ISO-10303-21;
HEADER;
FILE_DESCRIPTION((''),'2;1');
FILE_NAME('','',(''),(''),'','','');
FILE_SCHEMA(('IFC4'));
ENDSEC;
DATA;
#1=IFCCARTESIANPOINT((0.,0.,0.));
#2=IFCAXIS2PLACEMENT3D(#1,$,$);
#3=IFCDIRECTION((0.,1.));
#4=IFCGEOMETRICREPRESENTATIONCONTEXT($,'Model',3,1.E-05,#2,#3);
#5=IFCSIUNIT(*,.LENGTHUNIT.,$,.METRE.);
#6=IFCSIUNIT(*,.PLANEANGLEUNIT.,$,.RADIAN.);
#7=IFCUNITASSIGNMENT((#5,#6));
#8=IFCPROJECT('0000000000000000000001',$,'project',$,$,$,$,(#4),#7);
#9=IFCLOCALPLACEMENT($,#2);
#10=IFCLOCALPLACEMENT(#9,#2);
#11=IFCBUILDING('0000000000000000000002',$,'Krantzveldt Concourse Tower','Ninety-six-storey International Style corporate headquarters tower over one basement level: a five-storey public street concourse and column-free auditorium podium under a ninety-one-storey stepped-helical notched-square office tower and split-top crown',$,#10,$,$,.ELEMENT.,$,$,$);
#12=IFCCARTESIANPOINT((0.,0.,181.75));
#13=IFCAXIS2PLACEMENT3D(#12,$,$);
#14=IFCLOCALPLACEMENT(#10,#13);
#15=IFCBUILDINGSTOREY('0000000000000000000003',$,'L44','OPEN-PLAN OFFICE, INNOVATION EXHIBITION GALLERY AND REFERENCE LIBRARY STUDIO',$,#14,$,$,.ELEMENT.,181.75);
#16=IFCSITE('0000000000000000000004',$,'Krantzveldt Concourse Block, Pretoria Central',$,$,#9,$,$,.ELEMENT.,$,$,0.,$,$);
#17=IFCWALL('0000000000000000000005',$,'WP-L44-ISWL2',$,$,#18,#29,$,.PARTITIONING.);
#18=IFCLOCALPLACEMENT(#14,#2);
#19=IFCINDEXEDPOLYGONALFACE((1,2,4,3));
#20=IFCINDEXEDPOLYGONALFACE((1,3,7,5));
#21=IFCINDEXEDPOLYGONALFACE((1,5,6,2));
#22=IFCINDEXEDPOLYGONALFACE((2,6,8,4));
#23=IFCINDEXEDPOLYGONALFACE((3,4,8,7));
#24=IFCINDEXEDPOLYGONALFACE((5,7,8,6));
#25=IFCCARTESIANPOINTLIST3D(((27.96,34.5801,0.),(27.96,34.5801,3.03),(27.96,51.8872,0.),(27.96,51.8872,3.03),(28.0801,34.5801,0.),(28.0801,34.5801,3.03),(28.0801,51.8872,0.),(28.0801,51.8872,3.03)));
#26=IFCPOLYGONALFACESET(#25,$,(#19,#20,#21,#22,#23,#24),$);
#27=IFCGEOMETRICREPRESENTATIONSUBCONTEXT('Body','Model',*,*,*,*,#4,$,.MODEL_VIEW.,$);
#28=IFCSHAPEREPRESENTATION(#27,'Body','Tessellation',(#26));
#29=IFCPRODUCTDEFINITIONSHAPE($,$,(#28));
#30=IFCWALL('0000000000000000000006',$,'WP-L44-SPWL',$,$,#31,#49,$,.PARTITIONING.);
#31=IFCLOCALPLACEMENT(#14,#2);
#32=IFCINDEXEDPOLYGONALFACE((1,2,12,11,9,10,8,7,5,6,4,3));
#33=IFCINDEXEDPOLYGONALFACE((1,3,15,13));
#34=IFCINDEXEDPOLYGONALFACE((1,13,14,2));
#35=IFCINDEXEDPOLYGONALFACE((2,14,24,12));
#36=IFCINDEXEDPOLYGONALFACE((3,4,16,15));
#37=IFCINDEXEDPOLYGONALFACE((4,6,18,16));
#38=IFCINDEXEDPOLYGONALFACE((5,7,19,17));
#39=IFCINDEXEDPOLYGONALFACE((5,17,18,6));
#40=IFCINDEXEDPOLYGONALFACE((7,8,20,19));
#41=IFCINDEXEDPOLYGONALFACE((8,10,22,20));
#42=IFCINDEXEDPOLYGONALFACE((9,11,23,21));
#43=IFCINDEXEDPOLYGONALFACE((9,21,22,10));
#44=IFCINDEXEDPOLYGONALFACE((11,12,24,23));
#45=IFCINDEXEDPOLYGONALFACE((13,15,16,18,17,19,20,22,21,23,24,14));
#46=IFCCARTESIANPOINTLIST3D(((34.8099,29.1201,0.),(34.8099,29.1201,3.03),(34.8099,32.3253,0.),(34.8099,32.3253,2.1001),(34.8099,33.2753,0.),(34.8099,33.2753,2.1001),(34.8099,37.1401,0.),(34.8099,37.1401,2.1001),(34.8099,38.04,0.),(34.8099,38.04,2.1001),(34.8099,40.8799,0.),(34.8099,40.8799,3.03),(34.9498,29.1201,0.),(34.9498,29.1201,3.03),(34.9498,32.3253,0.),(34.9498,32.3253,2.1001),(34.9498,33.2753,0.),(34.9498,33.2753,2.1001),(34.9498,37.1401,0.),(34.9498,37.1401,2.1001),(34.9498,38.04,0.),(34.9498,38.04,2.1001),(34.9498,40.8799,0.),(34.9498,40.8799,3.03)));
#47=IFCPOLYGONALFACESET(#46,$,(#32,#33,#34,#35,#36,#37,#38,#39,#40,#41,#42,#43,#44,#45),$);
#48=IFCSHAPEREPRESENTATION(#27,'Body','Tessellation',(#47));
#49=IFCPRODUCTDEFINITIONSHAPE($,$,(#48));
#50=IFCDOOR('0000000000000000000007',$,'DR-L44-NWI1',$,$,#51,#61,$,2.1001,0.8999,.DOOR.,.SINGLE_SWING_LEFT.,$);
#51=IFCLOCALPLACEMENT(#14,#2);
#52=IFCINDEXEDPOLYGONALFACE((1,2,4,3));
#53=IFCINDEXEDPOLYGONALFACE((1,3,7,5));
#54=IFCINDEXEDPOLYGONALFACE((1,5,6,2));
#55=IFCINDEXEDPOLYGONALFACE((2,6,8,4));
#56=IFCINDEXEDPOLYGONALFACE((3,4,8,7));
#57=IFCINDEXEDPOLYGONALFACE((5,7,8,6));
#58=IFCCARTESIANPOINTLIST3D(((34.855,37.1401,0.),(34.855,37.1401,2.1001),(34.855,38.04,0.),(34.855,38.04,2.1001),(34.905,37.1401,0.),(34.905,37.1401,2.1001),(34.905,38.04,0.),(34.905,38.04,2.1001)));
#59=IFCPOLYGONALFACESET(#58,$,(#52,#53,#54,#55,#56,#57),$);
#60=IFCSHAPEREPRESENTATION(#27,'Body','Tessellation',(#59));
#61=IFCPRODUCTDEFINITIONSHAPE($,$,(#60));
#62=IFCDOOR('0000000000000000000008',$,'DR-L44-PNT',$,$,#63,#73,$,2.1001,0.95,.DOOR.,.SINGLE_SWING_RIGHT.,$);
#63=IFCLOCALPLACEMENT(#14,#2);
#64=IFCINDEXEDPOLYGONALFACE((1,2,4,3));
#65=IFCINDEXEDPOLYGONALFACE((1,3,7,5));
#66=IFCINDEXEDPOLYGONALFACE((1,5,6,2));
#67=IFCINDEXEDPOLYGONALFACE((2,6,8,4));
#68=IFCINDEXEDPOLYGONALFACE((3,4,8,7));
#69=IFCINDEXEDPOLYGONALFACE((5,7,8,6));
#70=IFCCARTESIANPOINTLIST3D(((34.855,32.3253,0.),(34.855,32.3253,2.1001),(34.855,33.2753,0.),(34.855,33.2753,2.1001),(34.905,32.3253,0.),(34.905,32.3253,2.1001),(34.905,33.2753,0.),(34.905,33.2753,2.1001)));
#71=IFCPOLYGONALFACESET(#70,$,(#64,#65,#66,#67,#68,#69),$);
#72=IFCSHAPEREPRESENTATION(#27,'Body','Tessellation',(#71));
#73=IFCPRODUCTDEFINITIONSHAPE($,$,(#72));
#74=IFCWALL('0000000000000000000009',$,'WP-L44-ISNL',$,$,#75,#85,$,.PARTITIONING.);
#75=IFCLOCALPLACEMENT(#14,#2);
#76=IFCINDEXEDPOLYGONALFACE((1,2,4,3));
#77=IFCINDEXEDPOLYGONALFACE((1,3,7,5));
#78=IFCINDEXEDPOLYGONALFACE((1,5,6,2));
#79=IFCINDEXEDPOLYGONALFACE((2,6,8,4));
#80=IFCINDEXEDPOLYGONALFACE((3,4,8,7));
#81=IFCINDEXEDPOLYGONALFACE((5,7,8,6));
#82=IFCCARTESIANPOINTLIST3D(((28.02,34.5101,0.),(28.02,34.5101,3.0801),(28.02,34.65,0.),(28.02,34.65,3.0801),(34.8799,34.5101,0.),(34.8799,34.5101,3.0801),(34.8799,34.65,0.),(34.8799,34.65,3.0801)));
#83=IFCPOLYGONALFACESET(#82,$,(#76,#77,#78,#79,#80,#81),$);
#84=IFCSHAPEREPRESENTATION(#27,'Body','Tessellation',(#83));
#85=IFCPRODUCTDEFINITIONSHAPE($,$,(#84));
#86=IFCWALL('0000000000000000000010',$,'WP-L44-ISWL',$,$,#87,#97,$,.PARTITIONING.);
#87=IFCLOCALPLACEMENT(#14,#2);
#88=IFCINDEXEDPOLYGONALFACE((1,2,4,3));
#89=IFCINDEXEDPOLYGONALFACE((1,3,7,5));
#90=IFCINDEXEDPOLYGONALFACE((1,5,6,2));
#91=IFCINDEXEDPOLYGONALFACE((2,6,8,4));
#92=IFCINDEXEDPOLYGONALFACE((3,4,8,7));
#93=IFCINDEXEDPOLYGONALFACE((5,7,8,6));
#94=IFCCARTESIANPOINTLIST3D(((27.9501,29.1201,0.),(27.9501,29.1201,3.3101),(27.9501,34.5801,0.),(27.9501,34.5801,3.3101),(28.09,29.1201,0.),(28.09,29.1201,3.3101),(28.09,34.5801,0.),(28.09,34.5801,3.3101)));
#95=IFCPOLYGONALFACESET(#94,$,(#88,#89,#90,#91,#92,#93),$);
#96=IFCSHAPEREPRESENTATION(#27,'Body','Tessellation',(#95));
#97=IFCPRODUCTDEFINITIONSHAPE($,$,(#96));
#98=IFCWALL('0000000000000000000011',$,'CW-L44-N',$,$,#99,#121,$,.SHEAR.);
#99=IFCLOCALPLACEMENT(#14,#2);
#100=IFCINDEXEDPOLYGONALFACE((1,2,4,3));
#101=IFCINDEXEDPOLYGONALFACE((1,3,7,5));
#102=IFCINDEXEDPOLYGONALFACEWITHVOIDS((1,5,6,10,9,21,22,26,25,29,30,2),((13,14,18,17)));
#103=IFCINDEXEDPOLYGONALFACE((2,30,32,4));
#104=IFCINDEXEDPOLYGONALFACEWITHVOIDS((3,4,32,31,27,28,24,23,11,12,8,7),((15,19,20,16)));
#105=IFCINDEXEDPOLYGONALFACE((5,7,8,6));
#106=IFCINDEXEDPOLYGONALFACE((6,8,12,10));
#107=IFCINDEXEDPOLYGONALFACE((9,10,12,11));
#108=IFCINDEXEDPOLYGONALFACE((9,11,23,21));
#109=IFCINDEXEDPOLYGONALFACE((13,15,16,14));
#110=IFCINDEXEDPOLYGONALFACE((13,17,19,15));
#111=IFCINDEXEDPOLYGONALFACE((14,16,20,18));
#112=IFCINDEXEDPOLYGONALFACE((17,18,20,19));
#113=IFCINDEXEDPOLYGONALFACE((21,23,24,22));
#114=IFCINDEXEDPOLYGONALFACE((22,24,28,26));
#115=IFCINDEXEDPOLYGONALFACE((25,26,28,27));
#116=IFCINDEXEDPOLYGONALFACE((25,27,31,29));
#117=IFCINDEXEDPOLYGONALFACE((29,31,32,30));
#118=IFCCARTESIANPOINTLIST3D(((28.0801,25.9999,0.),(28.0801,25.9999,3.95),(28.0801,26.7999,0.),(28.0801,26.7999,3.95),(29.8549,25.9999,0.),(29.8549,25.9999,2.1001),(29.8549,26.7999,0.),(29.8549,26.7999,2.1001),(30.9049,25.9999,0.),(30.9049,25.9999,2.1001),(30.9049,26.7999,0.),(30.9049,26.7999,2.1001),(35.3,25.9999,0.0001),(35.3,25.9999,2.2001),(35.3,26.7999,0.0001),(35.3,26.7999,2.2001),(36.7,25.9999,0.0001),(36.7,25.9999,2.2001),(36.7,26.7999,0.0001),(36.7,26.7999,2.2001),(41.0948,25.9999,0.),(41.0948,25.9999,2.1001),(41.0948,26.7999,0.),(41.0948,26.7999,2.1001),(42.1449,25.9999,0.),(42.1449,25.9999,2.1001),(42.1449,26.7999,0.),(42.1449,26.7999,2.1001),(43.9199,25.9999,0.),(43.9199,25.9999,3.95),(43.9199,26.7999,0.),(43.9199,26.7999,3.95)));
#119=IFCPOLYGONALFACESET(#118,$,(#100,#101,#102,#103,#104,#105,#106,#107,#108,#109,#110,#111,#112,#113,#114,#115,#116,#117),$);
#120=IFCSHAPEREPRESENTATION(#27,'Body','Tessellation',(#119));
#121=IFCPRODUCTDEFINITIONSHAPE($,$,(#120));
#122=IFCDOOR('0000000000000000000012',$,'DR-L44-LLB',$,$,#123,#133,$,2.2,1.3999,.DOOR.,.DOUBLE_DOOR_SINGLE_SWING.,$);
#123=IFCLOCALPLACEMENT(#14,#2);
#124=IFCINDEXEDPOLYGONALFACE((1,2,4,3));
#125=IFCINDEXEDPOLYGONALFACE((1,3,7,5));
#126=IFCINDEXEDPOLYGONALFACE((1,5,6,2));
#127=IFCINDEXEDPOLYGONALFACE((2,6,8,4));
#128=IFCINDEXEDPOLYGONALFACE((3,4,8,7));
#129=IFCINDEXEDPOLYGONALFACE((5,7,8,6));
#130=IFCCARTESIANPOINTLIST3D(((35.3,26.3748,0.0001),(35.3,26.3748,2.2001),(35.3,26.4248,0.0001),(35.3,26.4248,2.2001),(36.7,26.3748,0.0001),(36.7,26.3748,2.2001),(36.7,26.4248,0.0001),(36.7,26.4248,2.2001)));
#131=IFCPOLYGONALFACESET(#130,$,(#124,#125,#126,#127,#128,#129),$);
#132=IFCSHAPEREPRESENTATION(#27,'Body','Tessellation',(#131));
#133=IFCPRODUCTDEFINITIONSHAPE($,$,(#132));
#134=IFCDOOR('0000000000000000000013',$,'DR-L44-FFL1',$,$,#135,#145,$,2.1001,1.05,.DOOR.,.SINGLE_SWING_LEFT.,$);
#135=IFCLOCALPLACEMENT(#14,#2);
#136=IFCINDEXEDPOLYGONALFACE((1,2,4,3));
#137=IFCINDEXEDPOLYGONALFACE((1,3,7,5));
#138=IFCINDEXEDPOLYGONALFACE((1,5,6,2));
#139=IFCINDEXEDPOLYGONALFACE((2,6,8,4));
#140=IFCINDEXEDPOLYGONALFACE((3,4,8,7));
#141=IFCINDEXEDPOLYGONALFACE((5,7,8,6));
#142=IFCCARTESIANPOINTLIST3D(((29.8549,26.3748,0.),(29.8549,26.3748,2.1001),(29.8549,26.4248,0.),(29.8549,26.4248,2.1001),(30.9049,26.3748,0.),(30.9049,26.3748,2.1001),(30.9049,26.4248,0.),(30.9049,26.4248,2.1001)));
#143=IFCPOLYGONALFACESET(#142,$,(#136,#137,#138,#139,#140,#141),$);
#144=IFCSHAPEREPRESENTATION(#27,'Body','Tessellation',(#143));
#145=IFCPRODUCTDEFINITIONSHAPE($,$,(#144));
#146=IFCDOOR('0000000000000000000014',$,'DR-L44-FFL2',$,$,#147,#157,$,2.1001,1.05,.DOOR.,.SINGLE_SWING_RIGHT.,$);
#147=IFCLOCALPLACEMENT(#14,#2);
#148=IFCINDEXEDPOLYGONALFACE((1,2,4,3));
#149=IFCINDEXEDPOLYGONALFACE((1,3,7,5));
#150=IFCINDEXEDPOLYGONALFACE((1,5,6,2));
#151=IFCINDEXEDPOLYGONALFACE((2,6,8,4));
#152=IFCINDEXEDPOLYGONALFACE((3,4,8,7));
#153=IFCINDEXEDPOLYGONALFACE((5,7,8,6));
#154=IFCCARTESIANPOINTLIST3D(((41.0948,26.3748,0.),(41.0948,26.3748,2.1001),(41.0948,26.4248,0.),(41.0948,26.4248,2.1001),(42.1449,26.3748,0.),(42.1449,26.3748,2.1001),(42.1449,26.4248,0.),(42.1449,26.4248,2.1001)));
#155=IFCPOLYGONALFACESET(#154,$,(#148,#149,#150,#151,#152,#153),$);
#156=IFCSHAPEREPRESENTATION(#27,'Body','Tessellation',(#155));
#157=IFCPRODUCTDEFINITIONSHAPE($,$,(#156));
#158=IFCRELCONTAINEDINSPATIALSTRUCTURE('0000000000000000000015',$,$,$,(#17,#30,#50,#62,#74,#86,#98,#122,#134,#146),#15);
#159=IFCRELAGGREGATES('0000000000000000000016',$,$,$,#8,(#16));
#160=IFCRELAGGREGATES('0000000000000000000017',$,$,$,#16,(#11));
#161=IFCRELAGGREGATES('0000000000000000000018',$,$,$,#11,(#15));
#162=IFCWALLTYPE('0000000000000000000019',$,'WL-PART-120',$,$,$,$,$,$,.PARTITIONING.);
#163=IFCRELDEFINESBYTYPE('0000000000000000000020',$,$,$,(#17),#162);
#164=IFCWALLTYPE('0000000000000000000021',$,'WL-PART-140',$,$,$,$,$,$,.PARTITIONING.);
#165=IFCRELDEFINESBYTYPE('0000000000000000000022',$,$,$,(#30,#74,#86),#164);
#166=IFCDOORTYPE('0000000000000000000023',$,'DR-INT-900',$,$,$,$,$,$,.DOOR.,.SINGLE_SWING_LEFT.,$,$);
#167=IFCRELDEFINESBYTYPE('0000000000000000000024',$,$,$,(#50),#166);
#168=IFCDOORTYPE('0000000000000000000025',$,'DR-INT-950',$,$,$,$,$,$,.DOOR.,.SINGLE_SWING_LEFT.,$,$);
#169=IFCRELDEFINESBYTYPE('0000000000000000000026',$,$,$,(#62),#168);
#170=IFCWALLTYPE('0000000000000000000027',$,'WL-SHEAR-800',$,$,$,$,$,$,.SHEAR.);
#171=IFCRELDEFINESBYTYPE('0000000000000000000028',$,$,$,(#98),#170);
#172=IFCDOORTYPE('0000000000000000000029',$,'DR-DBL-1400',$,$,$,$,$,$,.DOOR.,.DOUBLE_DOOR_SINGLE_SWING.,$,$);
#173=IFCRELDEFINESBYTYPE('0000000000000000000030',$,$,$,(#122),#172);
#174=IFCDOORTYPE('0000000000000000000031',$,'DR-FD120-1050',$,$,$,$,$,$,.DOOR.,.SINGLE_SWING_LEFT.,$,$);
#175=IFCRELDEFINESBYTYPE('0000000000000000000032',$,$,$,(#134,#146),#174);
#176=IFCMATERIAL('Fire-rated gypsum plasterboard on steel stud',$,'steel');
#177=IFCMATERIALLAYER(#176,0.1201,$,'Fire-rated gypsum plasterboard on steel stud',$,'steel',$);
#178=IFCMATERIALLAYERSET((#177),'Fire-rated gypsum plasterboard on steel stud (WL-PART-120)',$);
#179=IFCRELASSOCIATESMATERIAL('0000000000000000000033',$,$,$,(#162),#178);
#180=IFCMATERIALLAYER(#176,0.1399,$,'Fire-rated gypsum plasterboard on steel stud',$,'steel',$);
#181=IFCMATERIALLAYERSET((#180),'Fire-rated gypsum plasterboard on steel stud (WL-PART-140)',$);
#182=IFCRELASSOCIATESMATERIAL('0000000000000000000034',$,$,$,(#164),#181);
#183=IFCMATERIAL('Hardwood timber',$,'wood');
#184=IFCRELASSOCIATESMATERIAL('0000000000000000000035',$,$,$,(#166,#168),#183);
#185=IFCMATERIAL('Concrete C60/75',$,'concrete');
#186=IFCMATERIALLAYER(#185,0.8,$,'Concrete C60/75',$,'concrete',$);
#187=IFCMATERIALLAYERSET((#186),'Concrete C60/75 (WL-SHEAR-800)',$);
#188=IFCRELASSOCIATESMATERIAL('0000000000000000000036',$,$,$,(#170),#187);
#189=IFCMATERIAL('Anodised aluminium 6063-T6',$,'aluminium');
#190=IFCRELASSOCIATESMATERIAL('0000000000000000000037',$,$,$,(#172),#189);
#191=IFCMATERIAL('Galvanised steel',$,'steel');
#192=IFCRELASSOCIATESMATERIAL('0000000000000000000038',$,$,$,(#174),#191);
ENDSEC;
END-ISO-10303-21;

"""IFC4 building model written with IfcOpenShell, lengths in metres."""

from ifc_helpers import new_model, si_unit, direction, frame, frame_2d, origin, place, context, subcontext, project, spatial, rectangle, extrude, material, layer, layer_set, type_object, element, fill, save


model = new_model("IFC4")

# Units and contexts
model_context = context("Model", 3, precision=1e-05, world=origin(), true_north=direction((0.0, 1.0)))
body_context = subcontext(model_context, "Body", "Model", "MODEL_VIEW")
ifc_project = project(units=[si_unit("LENGTHUNIT", "METRE"), si_unit("PLANEANGLEUNIT", "RADIAN")], contexts=[model_context])

# Site, building, storey
site_placement = place(None, origin())
site = spatial("IfcSite", under=ifc_project, at=site_placement, Name="Krantzveldt Concourse Block, Pretoria Central", CompositionType="ELEMENT", RefElevation=0.0)
building_placement = place(site_placement, origin())
building = spatial("IfcBuilding", under=site, at=building_placement, Name="Krantzveldt Concourse Tower", Description="Ninety-six-storey International Style corporate headquarters tower over one basement level: a five-storey public street concourse and column-free auditorium podium under a ninety-one-storey stepped-helical notched-square office tower and split-top crown", CompositionType="ELEMENT")
storey_placement = place(building_placement, frame((0.0, 0.0, 181.75)))
storey = spatial("IfcBuildingStorey", under=building, at=storey_placement, Name="L44", Description="OPEN-PLAN OFFICE, INNOVATION EXHIBITION GALLERY AND REFERENCE LIBRARY STUDIO", CompositionType="ELEMENT", Elevation=181.75)

# Wall
ifc_material_1 = material(Name="Fire-rated gypsum plasterboard on steel stud", Category="steel")
ifc_layer_1 = layer(ifc_material_1, 0.1201, Name="Fire-rated gypsum plasterboard on steel stud", Category="steel")
ifc_layer_set_1 = layer_set([ifc_layer_1], Name="Fire-rated gypsum plasterboard on steel stud (WL-PART-120)")
wall_type_1 = type_object("IfcWallType", Name="WL-PART-120", PredefinedType="PARTITIONING", material=ifc_layer_set_1)
wall_1_placement = place(storey_placement, frame((28.02, 34.5801, 0.0), z_axis=(0.0, 0.0, 1.0), x_axis=(0.0, 1.0, 0.0)))
element("IfcWall", 1, at=wall_1_placement, inside=storey, type_object=wall_type_1, Name="WP-L44-ISWL2", PredefinedType="PARTITIONING", context=body_context, shape_type="SweptSolid", body=[
    extrude(rectangle(XDim=17.3071, YDim=0.1201, at=frame_2d((8.6536, 0.0))), origin(), (0.0, 0.0, 1.0), 3.03),
])

# Wall, openings, doors
ifc_layer_2 = layer(ifc_material_1, 0.1399, Name="Fire-rated gypsum plasterboard on steel stud", Category="steel")
ifc_layer_set_2 = layer_set([ifc_layer_2], Name="Fire-rated gypsum plasterboard on steel stud (WL-PART-140)")
wall_type_2 = type_object("IfcWallType", Name="WL-PART-140", PredefinedType="PARTITIONING", material=ifc_layer_set_2)
wall_2_placement = place(storey_placement, frame((34.8799, 29.1201, 0.0), z_axis=(0.0, 0.0, 1.0), x_axis=(0.0, 1.0, 0.0)))
wall_2 = element("IfcWall", 2, at=wall_2_placement, inside=storey, type_object=wall_type_2, Name="WP-L44-SPWL", PredefinedType="PARTITIONING", context=body_context, shape_type="SweptSolid", body=[
    extrude(rectangle(XDim=11.7598, YDim=0.1399, at=frame_2d((5.8799, 0.0))), origin(), (0.0, 0.0, 1.0), 3.03),
])
opening_1_placement = place(wall_2_placement, frame((3.2051, 0.0, 0.0)))
opening_1 = element("IfcOpeningElement", 3, at=opening_1_placement, cuts=wall_2, PredefinedType="OPENING", context=body_context, shape_type="SweptSolid", body=[
    extrude(rectangle(XDim=0.95, YDim=2.1001, at=frame_2d((0.4751, 1.05))), frame((0.0, 0.0801, 0.0), z_axis=(0.0, -1.0, 0.0), x_axis=(1.0, 0.0, 0.0)), (0.0, 0.0, 1.0), 0.1599),
])
opening_2_placement = place(wall_2_placement, frame((8.02, 0.0, 0.0)))
opening_2 = element("IfcOpeningElement", 4, at=opening_2_placement, cuts=wall_2, PredefinedType="OPENING", context=body_context, shape_type="SweptSolid", body=[
    extrude(rectangle(XDim=0.8999, YDim=2.1001, at=frame_2d((0.45, 1.05))), frame((0.0, 0.0801, 0.0), z_axis=(0.0, -1.0, 0.0), x_axis=(1.0, 0.0, 0.0)), (0.0, 0.0, 1.0), 0.1599),
])
ifc_material_2 = material(Name="Hardwood timber", Category="wood")
door_type_1 = type_object("IfcDoorType", Name="DR-INT-900", OperationType="SINGLE_SWING_LEFT", PredefinedType="DOOR", material=ifc_material_2)
door_1_placement = place(opening_2_placement, origin())
door_1 = element("IfcDoor", 5, at=door_1_placement, inside=storey, type_object=door_type_1, Name="DR-L44-NWI1", OperationType="SINGLE_SWING_LEFT", OverallHeight=2.1001, OverallWidth=0.8999, PredefinedType="DOOR", context=body_context, shape_type="SweptSolid", body=[
    extrude(rectangle(XDim=0.8999, YDim=2.1001, at=frame_2d((0.45, 1.05))), frame((0.0, 0.0249, 0.0), z_axis=(0.0, -1.0, 0.0), x_axis=(1.0, 0.0, 0.0)), (0.0, 0.0, 1.0), 0.05),
])
fill(opening_2, door_1)
door_type_2 = type_object("IfcDoorType", Name="DR-INT-950", OperationType="SINGLE_SWING_LEFT", PredefinedType="DOOR", material=ifc_material_2)
door_2_placement = place(opening_1_placement, origin())
door_2 = element("IfcDoor", 6, at=door_2_placement, inside=storey, type_object=door_type_2, Name="DR-L44-PNT", OperationType="SINGLE_SWING_RIGHT", OverallHeight=2.1001, OverallWidth=0.95, PredefinedType="DOOR", context=body_context, shape_type="SweptSolid", body=[
    extrude(rectangle(XDim=0.95, YDim=2.1001, at=frame_2d((0.4751, 1.05))), frame((0.0, 0.0249, 0.0), z_axis=(0.0, -1.0, 0.0), x_axis=(1.0, 0.0, 0.0)), (0.0, 0.0, 1.0), 0.05),
])
fill(opening_1, door_2)

# Walls
wall_3_placement = place(storey_placement, frame((28.02, 34.5801, 0.0), z_axis=(0.0, 0.0, 1.0), x_axis=(1.0, 0.0, 0.0)))
element("IfcWall", 7, at=wall_3_placement, inside=storey, type_object=wall_type_2, Name="WP-L44-ISNL", PredefinedType="PARTITIONING", context=body_context, shape_type="SweptSolid", body=[
    extrude(rectangle(XDim=6.8599, YDim=0.1399, at=frame_2d((3.4299, 0.0))), origin(), (0.0, 0.0, 1.0), 3.0801),
])
wall_4_placement = place(storey_placement, frame((28.02, 29.1201, 0.0), z_axis=(0.0, 0.0, 1.0), x_axis=(0.0, 1.0, 0.0)))
element("IfcWall", 8, at=wall_4_placement, inside=storey, type_object=wall_type_2, Name="WP-L44-ISWL", PredefinedType="PARTITIONING", context=body_context, shape_type="SweptSolid", body=[
    extrude(rectangle(XDim=5.46, YDim=0.1399, at=frame_2d((2.73, 0.0))), origin(), (0.0, 0.0, 1.0), 3.3101),
])

# Wall, openings, doors
ifc_material_3 = material(Name="Concrete C60/75", Category="concrete")
ifc_layer_3 = layer(ifc_material_3, 0.8, Name="Concrete C60/75", Category="concrete")
ifc_layer_set_3 = layer_set([ifc_layer_3], Name="Concrete C60/75 (WL-SHEAR-800)")
wall_type_3 = type_object("IfcWallType", Name="WL-SHEAR-800", PredefinedType="SHEAR", material=ifc_layer_set_3)
wall_5_placement = place(storey_placement, frame((28.0801, 26.3999, 0.0), z_axis=(0.0, 0.0, 1.0), x_axis=(1.0, 0.0, 0.0)))
wall_5 = element("IfcWall", 9, at=wall_5_placement, inside=storey, type_object=wall_type_3, Name="CW-L44-N", PredefinedType="SHEAR", context=body_context, shape_type="SweptSolid", body=[
    extrude(rectangle(XDim=15.8398, YDim=0.8, at=frame_2d((7.9199, 0.0))), origin(), (0.0, 0.0, 1.0), 3.95),
])
opening_3_placement = place(wall_5_placement, frame((7.22, 0.0, 0.0)))
opening_3 = element("IfcOpeningElement", 10, at=opening_3_placement, cuts=wall_5, PredefinedType="OPENING", context=body_context, shape_type="SweptSolid", body=[
    extrude(rectangle(XDim=1.3999, YDim=2.2, at=frame_2d((0.7, 1.1001))), frame((0.0, 0.4102, 0.0), z_axis=(0.0, -1.0, 0.0), x_axis=(1.0, 0.0, 0.0)), (0.0, 0.0, 1.0), 0.8201),
])
opening_4_placement = place(wall_5_placement, frame((1.7749, 0.0, 0.0)))
opening_4 = element("IfcOpeningElement", 11, at=opening_4_placement, cuts=wall_5, PredefinedType="OPENING", context=body_context, shape_type="SweptSolid", body=[
    extrude(rectangle(XDim=1.05, YDim=2.1001, at=frame_2d((0.5249, 1.05))), frame((0.0, 0.4102, 0.0), z_axis=(0.0, -1.0, 0.0), x_axis=(1.0, 0.0, 0.0)), (0.0, 0.0, 1.0), 0.8201),
])
opening_5_placement = place(wall_5_placement, frame((13.0149, 0.0, 0.0)))
opening_5 = element("IfcOpeningElement", 12, at=opening_5_placement, cuts=wall_5, PredefinedType="OPENING", context=body_context, shape_type="SweptSolid", body=[
    extrude(rectangle(XDim=1.05, YDim=2.1001, at=frame_2d((0.5249, 1.05))), frame((0.0, 0.4102, 0.0), z_axis=(0.0, -1.0, 0.0), x_axis=(1.0, 0.0, 0.0)), (0.0, 0.0, 1.0), 0.8201),
])
ifc_material_4 = material(Name="Anodised aluminium 6063-T6", Category="aluminium")
door_type_3 = type_object("IfcDoorType", Name="DR-DBL-1400", OperationType="DOUBLE_DOOR_SINGLE_SWING", PredefinedType="DOOR", material=ifc_material_4)
door_3_placement = place(opening_3_placement, origin())
door_3 = element("IfcDoor", 13, at=door_3_placement, inside=storey, type_object=door_type_3, Name="DR-L44-LLB", OperationType="DOUBLE_DOOR_SINGLE_SWING", OverallHeight=2.2, OverallWidth=1.3999, PredefinedType="DOOR", context=body_context, shape_type="SweptSolid", body=[
    extrude(rectangle(XDim=1.3999, YDim=2.2, at=frame_2d((0.7, 1.1001))), frame((0.0, 0.0249, 0.0), z_axis=(0.0, -1.0, 0.0), x_axis=(1.0, 0.0, 0.0)), (0.0, 0.0, 1.0), 0.05),
])
fill(opening_3, door_3)
ifc_material_5 = material(Name="Galvanised steel", Category="steel")
door_type_4 = type_object("IfcDoorType", Name="DR-FD120-1050", OperationType="SINGLE_SWING_LEFT", PredefinedType="DOOR", material=ifc_material_5)
door_4_placement = place(opening_4_placement, origin())
door_4 = element("IfcDoor", 14, at=door_4_placement, inside=storey, type_object=door_type_4, Name="DR-L44-FFL1", OperationType="SINGLE_SWING_LEFT", OverallHeight=2.1001, OverallWidth=1.05, PredefinedType="DOOR", context=body_context, shape_type="SweptSolid", body=[
    extrude(rectangle(XDim=1.05, YDim=2.1001, at=frame_2d((0.5249, 1.05))), frame((0.0, 0.0249, 0.0), z_axis=(0.0, -1.0, 0.0), x_axis=(1.0, 0.0, 0.0)), (0.0, 0.0, 1.0), 0.05),
])
fill(opening_4, door_4)
door_5_placement = place(opening_5_placement, origin())
door_5 = element("IfcDoor", 15, at=door_5_placement, inside=storey, type_object=door_type_4, Name="DR-L44-FFL2", OperationType="SINGLE_SWING_RIGHT", OverallHeight=2.1001, OverallWidth=1.05, PredefinedType="DOOR", context=body_context, shape_type="SweptSolid", body=[
    extrude(rectangle(XDim=1.05, YDim=2.1001, at=frame_2d((0.5249, 1.05))), frame((0.0, 0.0249, 0.0), z_axis=(0.0, -1.0, 0.0), x_axis=(1.0, 0.0, 0.0)), (0.0, 0.0, 1.0), 0.05),
])
fill(opening_5, door_5)

save(model, "model.ifc")
